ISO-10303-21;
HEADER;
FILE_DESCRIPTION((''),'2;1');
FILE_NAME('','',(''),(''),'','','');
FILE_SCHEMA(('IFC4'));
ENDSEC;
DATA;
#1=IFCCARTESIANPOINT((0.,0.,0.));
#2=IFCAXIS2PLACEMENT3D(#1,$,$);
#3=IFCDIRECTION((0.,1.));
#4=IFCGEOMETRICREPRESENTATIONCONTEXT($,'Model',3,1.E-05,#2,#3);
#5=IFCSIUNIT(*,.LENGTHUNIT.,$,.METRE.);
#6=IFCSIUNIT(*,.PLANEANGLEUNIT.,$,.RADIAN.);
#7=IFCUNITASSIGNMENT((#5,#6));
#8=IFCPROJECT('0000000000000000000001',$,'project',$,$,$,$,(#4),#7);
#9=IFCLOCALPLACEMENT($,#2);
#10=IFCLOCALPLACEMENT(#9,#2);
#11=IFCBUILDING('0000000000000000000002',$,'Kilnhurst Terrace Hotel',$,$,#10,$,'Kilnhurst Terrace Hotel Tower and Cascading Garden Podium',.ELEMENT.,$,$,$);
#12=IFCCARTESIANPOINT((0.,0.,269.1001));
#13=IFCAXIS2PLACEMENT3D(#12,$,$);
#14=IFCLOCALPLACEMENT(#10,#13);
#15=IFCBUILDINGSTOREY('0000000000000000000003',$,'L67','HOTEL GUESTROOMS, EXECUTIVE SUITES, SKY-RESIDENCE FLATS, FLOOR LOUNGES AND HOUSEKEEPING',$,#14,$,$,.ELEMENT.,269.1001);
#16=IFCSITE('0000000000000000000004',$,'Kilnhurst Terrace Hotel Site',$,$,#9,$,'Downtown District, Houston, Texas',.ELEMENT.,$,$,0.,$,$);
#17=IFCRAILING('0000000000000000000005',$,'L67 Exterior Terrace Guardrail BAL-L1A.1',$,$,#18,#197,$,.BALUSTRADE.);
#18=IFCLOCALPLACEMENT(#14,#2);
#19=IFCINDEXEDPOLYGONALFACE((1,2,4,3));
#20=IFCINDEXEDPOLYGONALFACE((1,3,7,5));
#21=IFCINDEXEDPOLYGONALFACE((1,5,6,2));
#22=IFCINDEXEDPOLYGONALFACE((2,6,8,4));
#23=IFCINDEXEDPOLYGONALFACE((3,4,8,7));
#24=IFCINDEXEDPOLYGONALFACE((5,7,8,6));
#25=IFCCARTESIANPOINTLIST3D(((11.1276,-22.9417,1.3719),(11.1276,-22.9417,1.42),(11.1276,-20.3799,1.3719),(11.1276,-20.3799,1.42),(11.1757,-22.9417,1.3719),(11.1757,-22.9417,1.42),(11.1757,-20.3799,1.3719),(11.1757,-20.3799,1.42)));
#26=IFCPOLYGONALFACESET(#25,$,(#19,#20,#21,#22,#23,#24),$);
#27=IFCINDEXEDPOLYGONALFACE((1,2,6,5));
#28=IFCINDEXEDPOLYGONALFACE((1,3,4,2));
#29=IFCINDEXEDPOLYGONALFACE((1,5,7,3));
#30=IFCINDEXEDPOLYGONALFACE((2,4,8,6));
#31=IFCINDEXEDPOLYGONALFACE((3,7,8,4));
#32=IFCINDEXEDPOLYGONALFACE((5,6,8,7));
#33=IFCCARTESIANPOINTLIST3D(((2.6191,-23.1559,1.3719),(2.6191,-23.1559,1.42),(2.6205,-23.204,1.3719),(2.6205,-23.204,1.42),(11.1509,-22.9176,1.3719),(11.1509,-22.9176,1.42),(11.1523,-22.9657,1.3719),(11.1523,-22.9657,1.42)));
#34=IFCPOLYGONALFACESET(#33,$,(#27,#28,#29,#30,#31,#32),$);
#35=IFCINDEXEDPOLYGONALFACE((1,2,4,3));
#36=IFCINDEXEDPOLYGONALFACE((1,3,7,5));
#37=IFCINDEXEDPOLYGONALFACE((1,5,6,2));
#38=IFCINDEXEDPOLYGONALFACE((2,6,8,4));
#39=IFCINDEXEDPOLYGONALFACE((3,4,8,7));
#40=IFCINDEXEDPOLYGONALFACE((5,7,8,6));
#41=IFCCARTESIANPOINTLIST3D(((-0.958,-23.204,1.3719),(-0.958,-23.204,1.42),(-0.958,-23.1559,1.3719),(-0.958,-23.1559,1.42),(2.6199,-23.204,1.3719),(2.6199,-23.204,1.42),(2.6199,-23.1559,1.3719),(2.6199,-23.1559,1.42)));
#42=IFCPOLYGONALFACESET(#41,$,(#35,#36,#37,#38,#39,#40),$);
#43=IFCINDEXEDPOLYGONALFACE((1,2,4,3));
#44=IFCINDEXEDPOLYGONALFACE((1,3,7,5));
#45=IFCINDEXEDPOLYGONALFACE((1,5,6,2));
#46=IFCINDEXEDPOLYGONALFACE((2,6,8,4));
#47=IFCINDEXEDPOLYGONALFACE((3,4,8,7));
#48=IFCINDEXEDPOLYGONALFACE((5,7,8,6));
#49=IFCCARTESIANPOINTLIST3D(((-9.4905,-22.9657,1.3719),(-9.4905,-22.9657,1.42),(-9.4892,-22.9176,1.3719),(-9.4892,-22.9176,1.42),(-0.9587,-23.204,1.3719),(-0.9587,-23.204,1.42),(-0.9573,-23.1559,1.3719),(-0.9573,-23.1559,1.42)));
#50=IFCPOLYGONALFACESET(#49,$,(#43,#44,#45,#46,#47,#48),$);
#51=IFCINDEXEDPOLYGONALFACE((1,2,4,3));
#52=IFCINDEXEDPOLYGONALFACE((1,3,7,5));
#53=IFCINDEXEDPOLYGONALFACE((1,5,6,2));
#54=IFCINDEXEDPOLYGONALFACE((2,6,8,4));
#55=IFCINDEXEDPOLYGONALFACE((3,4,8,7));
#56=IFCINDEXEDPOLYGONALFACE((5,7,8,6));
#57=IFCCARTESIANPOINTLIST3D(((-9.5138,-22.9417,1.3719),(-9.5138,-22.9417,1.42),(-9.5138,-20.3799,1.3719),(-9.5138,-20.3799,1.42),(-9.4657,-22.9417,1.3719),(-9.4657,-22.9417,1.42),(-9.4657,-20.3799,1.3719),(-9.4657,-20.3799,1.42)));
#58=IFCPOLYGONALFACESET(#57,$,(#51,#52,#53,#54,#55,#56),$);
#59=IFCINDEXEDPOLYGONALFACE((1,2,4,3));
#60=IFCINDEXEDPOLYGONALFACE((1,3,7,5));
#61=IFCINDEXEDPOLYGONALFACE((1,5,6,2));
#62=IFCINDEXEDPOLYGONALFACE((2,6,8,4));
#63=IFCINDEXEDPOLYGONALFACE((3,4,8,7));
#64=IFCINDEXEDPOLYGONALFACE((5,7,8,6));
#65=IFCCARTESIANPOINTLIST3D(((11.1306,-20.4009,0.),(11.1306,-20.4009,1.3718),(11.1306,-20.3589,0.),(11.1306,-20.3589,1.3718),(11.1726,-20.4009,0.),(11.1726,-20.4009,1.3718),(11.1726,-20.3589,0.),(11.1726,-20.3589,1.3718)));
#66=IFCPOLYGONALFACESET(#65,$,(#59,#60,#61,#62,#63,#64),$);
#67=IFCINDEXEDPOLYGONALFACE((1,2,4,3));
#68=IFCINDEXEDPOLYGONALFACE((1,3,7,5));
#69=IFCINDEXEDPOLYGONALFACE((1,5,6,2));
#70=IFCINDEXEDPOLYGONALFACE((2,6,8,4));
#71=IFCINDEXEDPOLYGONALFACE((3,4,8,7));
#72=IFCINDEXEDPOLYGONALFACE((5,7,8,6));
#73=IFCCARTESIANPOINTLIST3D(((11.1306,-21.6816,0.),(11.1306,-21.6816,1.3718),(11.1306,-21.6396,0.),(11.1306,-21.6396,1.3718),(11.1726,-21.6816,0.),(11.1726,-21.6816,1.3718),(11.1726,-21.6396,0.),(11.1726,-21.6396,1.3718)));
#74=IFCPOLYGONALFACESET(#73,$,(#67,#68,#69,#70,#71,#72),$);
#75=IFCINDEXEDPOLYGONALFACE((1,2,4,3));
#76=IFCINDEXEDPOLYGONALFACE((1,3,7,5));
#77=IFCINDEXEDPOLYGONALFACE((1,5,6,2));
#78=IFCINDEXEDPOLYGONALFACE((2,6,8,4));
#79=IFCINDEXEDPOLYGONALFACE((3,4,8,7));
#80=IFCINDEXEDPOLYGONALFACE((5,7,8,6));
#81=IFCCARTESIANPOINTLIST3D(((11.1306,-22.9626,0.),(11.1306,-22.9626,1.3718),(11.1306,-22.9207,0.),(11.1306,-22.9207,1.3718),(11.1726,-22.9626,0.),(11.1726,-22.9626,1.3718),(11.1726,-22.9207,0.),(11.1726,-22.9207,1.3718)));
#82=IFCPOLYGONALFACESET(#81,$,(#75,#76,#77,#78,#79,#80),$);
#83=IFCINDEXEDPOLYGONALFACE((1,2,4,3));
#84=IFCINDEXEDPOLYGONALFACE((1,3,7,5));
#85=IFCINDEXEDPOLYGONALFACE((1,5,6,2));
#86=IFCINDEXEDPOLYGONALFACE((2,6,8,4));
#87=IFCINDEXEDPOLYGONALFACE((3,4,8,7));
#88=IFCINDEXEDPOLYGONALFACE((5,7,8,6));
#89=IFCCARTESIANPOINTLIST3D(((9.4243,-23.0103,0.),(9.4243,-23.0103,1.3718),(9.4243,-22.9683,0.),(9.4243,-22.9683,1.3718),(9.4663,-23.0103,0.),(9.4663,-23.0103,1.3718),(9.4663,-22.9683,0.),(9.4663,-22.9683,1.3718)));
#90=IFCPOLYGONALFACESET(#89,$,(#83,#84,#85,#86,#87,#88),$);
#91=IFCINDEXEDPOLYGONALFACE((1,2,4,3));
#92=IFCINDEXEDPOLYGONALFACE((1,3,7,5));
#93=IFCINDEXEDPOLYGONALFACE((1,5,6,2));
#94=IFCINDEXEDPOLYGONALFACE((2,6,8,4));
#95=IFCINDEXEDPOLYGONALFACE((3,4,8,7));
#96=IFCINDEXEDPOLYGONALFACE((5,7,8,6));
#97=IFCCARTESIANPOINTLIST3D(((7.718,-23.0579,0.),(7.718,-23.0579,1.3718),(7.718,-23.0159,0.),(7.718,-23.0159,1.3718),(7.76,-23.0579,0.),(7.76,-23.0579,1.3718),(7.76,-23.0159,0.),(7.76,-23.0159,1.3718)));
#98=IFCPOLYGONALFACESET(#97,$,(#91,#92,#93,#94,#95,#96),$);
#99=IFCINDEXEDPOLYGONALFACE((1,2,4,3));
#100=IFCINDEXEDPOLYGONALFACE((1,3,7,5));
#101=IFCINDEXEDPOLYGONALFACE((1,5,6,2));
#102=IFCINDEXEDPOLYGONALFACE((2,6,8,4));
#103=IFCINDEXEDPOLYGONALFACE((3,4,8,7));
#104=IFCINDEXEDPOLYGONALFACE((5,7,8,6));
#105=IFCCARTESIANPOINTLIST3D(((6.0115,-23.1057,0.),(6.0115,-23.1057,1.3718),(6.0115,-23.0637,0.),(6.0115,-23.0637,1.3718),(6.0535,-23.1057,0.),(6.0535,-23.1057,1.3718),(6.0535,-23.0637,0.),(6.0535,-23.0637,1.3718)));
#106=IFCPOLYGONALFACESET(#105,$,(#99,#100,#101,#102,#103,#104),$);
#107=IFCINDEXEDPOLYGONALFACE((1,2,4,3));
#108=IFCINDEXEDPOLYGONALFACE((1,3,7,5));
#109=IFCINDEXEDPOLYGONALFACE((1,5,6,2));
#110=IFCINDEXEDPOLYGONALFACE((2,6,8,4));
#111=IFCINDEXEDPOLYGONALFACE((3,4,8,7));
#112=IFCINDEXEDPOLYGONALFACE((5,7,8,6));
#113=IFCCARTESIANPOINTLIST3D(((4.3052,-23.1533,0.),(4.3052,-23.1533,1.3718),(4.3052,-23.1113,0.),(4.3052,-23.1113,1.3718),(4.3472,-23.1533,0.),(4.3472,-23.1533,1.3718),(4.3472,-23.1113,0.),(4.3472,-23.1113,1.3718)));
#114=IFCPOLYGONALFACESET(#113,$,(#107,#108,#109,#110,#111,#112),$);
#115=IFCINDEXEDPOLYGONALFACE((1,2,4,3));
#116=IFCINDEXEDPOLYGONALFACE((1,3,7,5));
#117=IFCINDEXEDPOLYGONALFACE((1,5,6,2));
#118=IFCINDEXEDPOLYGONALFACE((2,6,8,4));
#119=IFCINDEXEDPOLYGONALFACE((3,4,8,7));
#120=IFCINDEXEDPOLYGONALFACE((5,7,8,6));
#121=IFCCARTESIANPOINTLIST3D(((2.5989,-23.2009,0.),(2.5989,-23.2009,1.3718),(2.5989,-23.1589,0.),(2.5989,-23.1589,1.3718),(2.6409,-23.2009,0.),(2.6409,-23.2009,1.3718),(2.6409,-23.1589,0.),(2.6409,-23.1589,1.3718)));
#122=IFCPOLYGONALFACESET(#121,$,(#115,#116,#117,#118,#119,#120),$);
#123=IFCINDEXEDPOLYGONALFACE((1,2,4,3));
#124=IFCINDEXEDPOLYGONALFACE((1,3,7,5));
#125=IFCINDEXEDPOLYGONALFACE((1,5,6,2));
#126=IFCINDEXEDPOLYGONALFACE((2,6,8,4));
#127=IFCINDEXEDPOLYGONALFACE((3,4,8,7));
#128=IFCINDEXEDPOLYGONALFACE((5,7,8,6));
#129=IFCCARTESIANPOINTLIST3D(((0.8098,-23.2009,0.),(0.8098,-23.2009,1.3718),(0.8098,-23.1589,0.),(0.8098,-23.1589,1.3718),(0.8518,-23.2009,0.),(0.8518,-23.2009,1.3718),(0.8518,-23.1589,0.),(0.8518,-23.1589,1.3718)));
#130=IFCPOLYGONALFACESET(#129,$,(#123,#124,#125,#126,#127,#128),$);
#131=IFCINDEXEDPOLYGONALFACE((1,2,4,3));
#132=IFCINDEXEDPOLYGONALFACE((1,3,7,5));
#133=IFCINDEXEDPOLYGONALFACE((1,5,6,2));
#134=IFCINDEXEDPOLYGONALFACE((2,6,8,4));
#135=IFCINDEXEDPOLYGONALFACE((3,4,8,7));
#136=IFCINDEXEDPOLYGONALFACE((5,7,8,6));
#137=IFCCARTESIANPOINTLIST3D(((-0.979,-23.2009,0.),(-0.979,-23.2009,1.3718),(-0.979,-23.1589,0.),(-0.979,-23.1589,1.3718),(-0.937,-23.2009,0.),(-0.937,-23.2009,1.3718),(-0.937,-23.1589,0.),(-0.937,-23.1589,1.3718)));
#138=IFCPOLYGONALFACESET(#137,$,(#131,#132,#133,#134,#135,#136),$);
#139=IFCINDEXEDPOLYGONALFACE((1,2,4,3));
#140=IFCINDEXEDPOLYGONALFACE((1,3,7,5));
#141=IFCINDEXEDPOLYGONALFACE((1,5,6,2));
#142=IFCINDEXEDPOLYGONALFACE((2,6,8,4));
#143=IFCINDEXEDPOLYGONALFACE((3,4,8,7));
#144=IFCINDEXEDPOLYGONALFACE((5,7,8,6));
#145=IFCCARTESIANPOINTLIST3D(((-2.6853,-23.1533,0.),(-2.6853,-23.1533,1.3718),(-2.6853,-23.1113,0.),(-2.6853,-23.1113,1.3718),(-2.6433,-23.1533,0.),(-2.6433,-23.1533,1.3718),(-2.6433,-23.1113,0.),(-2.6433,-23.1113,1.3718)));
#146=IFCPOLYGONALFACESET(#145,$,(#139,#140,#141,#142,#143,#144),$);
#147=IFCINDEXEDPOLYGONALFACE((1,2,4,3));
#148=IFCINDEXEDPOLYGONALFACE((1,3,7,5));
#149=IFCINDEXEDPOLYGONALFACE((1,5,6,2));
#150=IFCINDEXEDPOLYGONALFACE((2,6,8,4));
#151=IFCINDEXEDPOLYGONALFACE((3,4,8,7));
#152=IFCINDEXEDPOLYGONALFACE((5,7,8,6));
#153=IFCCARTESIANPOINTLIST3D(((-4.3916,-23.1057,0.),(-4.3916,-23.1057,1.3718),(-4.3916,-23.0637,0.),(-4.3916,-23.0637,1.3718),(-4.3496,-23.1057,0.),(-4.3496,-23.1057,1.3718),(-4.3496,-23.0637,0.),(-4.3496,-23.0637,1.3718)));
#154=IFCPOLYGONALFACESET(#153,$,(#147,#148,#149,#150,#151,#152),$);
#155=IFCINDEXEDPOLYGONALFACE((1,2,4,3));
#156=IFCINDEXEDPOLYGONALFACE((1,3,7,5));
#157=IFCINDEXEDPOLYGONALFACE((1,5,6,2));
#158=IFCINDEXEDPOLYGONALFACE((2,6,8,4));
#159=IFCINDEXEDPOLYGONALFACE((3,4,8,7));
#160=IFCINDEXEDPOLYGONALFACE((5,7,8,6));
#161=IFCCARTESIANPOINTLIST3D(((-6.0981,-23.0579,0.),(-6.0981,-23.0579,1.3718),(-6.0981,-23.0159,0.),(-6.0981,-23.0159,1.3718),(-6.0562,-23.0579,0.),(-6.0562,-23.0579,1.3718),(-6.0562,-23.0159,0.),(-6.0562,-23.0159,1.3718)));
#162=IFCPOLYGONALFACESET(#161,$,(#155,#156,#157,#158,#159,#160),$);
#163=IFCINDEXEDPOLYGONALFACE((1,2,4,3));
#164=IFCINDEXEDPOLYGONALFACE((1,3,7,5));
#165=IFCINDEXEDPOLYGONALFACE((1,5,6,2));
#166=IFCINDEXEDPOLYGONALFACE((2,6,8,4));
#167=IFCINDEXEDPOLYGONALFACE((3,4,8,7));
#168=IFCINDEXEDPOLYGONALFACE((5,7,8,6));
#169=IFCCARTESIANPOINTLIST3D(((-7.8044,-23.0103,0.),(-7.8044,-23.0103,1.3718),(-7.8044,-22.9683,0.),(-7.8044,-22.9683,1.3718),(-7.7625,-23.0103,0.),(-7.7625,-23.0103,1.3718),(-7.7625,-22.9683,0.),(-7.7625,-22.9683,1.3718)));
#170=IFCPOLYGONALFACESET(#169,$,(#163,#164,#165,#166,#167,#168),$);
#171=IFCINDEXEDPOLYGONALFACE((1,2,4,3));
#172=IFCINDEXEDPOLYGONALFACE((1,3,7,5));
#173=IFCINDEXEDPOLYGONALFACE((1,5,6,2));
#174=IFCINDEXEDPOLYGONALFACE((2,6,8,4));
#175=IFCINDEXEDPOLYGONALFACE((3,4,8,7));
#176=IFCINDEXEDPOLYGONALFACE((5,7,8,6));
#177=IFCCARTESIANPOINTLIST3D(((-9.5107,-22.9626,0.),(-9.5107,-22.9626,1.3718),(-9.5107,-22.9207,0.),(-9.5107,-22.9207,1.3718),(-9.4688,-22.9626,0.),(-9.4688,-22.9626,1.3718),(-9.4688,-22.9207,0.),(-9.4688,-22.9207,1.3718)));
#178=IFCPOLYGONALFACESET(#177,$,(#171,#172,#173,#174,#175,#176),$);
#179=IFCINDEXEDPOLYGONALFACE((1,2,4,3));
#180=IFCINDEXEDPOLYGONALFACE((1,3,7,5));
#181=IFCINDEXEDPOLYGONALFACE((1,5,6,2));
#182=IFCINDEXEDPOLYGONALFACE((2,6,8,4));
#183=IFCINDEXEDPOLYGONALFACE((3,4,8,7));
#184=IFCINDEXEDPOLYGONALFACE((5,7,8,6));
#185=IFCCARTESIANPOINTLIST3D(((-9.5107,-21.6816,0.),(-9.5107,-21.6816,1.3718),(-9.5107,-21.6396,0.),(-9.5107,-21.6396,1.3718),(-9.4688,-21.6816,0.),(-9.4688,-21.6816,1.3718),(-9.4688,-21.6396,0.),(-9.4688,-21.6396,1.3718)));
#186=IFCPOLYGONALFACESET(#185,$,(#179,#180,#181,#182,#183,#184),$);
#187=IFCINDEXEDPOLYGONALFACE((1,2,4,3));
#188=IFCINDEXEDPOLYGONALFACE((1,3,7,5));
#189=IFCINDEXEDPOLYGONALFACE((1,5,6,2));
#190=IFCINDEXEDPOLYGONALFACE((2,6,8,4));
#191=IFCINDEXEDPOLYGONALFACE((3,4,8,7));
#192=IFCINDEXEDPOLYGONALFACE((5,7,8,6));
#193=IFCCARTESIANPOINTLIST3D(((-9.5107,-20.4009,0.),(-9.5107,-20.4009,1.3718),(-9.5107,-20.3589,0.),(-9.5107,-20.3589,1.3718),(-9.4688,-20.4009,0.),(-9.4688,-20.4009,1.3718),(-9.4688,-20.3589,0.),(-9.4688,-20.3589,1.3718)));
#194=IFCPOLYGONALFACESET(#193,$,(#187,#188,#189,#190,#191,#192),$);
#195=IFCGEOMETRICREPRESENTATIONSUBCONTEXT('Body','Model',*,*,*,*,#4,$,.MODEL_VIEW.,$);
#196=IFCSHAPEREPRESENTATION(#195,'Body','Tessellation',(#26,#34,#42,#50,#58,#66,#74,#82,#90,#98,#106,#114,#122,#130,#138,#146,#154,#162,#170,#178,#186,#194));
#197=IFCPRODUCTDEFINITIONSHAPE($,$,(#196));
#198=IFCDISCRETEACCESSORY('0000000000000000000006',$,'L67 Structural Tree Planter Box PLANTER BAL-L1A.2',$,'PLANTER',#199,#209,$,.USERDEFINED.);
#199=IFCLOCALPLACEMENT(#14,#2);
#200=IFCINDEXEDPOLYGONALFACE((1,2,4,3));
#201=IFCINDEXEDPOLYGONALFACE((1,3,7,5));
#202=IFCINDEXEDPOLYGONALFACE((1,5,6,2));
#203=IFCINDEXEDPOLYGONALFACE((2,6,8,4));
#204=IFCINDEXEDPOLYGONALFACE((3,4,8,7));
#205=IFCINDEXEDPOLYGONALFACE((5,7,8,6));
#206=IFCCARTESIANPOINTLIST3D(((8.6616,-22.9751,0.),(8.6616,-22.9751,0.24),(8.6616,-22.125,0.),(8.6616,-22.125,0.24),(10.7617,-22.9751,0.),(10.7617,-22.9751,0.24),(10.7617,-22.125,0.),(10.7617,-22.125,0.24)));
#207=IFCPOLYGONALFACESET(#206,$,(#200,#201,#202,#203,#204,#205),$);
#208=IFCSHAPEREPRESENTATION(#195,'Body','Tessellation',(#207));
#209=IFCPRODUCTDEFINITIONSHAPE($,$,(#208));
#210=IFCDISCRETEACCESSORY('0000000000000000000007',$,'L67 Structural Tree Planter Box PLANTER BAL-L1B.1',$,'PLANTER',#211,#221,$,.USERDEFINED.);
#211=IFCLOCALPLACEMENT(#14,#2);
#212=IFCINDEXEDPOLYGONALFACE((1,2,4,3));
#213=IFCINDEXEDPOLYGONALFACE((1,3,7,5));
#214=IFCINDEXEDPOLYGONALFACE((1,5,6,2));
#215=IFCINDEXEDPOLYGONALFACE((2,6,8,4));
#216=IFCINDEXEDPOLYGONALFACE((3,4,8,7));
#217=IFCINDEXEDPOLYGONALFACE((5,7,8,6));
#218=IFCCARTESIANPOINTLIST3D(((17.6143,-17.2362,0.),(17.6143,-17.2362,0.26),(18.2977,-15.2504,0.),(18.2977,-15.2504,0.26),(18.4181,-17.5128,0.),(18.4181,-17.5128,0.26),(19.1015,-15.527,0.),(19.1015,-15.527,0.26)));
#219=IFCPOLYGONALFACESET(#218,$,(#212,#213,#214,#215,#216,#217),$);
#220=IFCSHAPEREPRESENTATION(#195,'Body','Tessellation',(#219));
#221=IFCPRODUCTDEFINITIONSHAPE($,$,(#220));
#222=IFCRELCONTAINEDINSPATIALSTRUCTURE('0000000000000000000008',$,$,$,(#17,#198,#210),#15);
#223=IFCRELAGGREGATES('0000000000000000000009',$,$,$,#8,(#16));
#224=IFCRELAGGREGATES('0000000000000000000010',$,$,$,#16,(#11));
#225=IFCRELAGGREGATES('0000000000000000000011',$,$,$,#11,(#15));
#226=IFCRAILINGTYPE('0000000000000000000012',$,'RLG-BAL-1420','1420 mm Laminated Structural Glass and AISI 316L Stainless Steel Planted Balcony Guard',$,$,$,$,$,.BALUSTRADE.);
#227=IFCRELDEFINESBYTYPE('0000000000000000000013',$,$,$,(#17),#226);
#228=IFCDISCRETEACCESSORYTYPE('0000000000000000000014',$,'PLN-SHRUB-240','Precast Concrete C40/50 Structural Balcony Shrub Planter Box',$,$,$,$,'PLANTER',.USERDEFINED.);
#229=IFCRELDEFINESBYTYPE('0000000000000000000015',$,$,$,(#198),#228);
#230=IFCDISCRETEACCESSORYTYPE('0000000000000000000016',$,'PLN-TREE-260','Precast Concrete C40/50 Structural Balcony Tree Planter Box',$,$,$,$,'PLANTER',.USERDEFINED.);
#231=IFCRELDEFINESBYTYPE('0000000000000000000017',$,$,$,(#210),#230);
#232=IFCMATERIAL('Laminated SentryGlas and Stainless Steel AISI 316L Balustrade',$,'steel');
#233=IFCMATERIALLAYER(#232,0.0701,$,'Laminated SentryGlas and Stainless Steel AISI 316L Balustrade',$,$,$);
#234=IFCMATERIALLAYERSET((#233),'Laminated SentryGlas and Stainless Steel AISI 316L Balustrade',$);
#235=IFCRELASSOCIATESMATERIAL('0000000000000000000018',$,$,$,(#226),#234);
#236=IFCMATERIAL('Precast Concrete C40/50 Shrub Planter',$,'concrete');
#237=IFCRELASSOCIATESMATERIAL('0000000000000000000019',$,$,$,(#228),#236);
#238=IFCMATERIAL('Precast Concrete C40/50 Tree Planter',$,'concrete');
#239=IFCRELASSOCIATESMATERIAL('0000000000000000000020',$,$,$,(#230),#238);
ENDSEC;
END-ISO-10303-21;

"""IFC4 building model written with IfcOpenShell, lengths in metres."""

from ifc_helpers import new_model, si_unit, direction, frame, origin, origin_2d, place, context, subcontext, project, spatial, rectangle, extrude, material, layer, layer_set, type_object, element, save


model = new_model("IFC4")

# Units and contexts
model_context = context("Model", 3, precision=1e-05, world=origin(), true_north=direction((0.0, 1.0)))
body_context = subcontext(model_context, "Body", "Model", "MODEL_VIEW")
ifc_project = project(units=[si_unit("LENGTHUNIT", "METRE"), si_unit("PLANEANGLEUNIT", "RADIAN")], contexts=[model_context])

# Site, building, storey
site_placement = place(None, origin())
site = spatial("IfcSite", under=ifc_project, at=site_placement, Name="Kilnhurst Terrace Hotel Site", LongName="Downtown District, Houston, Texas", CompositionType="ELEMENT", RefElevation=0.0)
building_placement = place(site_placement, origin())
building = spatial("IfcBuilding", under=site, at=building_placement, Name="Kilnhurst Terrace Hotel", LongName="Kilnhurst Terrace Hotel Tower and Cascading Garden Podium", CompositionType="ELEMENT")
storey_placement = place(building_placement, frame((0.0, 0.0, 269.1001)))
storey = spatial("IfcBuildingStorey", under=building, at=storey_placement, Name="L67", Description="HOTEL GUESTROOMS, EXECUTIVE SUITES, SKY-RESIDENCE FLATS, FLOOR LOUNGES AND HOUSEKEEPING", CompositionType="ELEMENT", Elevation=269.1001)

# Railing
ifc_material_1 = material(Name="Laminated SentryGlas and Stainless Steel AISI 316L Balustrade", Category="steel")
ifc_layer_1 = layer(ifc_material_1, 0.0701, Name="Laminated SentryGlas and Stainless Steel AISI 316L Balustrade")
ifc_layer_set_1 = layer_set([ifc_layer_1], Name="Laminated SentryGlas and Stainless Steel AISI 316L Balustrade")
railing_type = type_object("IfcRailingType", Name="RLG-BAL-1420", Description="1420 mm Laminated Structural Glass and AISI 316L Stainless Steel Planted Balcony Guard", PredefinedType="BALUSTRADE", material=ifc_layer_set_1)
railing_placement = place(storey_placement, frame((11.1516, -20.3799, 0.0)))
element("IfcRailing", 1, at=railing_placement, inside=storey, type_object=railing_type, Name="L67 Exterior Terrace Guardrail BAL-L1A.1", PredefinedType="BALUSTRADE", context=body_context, shape_type="SweptSolid", body=[
    extrude(rectangle(XDim=0.0481, YDim=0.0481, at=origin_2d()), frame((0.0, 0.0, 1.396), z_axis=(0.0, -1.0, 0.0), x_axis=(1.0, 0.0, 0.0)), (0.0, 0.0, 1.0), 2.5618),
    extrude(rectangle(XDim=0.0481, YDim=0.0481, at=origin_2d()), frame((0.0, -2.5618, 1.396), z_axis=(-0.99961, -0.027918, 0.0), x_axis=(0.027918, -0.99961, 0.0)), (0.0, 0.0, 1.0), 8.5352),
    extrude(rectangle(XDim=0.0481, YDim=0.0481, at=origin_2d()), frame((-8.5317, -2.8, 1.396), z_axis=(-1.0, 0.0, 0.0), x_axis=(0.0, -1.0, 0.0)), (0.0, 0.0, 1.0), 3.5779),
    extrude(rectangle(XDim=0.0481, YDim=0.0481, at=origin_2d()), frame((-12.1096, -2.8, 1.396), z_axis=(-0.99961, 0.027918, 0.0), x_axis=(-0.027918, -0.99961, 0.0)), (0.0, 0.0, 1.0), 8.5352),
    extrude(rectangle(XDim=0.0481, YDim=0.0481, at=origin_2d()), frame((-20.6414, -2.5618, 1.396), z_axis=(0.0, 1.0, 0.0), x_axis=(-1.0, 0.0, 0.0)), (0.0, 0.0, 1.0), 2.5618),
    extrude(rectangle(XDim=0.042, YDim=0.042, at=origin_2d()), origin(), (0.0, 0.0, 1.0), 1.3718),
    extrude(rectangle(XDim=0.042, YDim=0.042, at=origin_2d()), frame((0.0, -1.2808, 0.0)), (0.0, 0.0, 1.0), 1.3718),
    extrude(rectangle(XDim=0.042, YDim=0.042, at=origin_2d()), frame((0.0, -2.5618, 0.0)), (0.0, 0.0, 1.0), 1.3718),
    extrude(rectangle(XDim=0.042, YDim=0.042, at=origin_2d()), frame((-1.7063, -2.6094, 0.0)), (0.0, 0.0, 1.0), 1.3718),
    extrude(rectangle(XDim=0.042, YDim=0.042, at=origin_2d()), frame((-3.4126, -2.657, 0.0)), (0.0, 0.0, 1.0), 1.3718),
    extrude(rectangle(XDim=0.042, YDim=0.042, at=origin_2d()), frame((-5.1191, -2.7048, 0.0)), (0.0, 0.0, 1.0), 1.3718),
    extrude(rectangle(XDim=0.042, YDim=0.042, at=origin_2d()), frame((-6.8254, -2.7524, 0.0)), (0.0, 0.0, 1.0), 1.3718),
    extrude(rectangle(XDim=0.042, YDim=0.042, at=origin_2d()), frame((-8.5317, -2.8, 0.0)), (0.0, 0.0, 1.0), 1.3718),
    extrude(rectangle(XDim=0.042, YDim=0.042, at=origin_2d()), frame((-10.3208, -2.8, 0.0)), (0.0, 0.0, 1.0), 1.3718),
    extrude(rectangle(XDim=0.042, YDim=0.042, at=origin_2d()), frame((-12.1096, -2.8, 0.0)), (0.0, 0.0, 1.0), 1.3718),
    extrude(rectangle(XDim=0.042, YDim=0.042, at=origin_2d()), frame((-13.8159, -2.7524, 0.0)), (0.0, 0.0, 1.0), 1.3718),
    extrude(rectangle(XDim=0.042, YDim=0.042, at=origin_2d()), frame((-15.5222, -2.7048, 0.0)), (0.0, 0.0, 1.0), 1.3718),
    extrude(rectangle(XDim=0.042, YDim=0.042, at=origin_2d()), frame((-17.2288, -2.657, 0.0)), (0.0, 0.0, 1.0), 1.3718),
    extrude(rectangle(XDim=0.042, YDim=0.042, at=origin_2d()), frame((-18.9351, -2.6094, 0.0)), (0.0, 0.0, 1.0), 1.3718),
    extrude(rectangle(XDim=0.042, YDim=0.042, at=origin_2d()), frame((-20.6414, -2.5618, 0.0)), (0.0, 0.0, 1.0), 1.3718),
    extrude(rectangle(XDim=0.042, YDim=0.042, at=origin_2d()), frame((-20.6414, -1.2808, 0.0)), (0.0, 0.0, 1.0), 1.3718),
    extrude(rectangle(XDim=0.042, YDim=0.042, at=origin_2d()), frame((-20.6414, 0.0, 0.0)), (0.0, 0.0, 1.0), 1.3718),
])

# Discrete accessories
ifc_material_2 = material(Name="Precast Concrete C40/50 Shrub Planter", Category="concrete")
discrete_accessory_type_1 = type_object("IfcDiscreteAccessoryType", Name="PLN-SHRUB-240", Description="Precast Concrete C40/50 Structural Balcony Shrub Planter Box", ElementType="PLANTER", PredefinedType="USERDEFINED", material=ifc_material_2)
discrete_accessory_1_placement = place(storey_placement, frame((9.7117, -22.55, 0.0), z_axis=(0.0, 0.0, 1.0), x_axis=(1.0, 0.0, 0.0)))
element("IfcDiscreteAccessory", 2, at=discrete_accessory_1_placement, inside=storey, type_object=discrete_accessory_type_1, Name="L67 Structural Tree Planter Box PLANTER BAL-L1A.2", ObjectType="PLANTER", PredefinedType="USERDEFINED", context=body_context, shape_type="SweptSolid", body=[
    extrude(rectangle(XDim=2.1001, YDim=0.8501, at=origin_2d()), origin(), (0.0, 0.0, 1.0), 0.24),
])
ifc_material_3 = material(Name="Precast Concrete C40/50 Tree Planter", Category="concrete")
discrete_accessory_type_2 = type_object("IfcDiscreteAccessoryType", Name="PLN-TREE-260", Description="Precast Concrete C40/50 Structural Balcony Tree Planter Box", ElementType="PLANTER", PredefinedType="USERDEFINED", material=ifc_material_3)
discrete_accessory_2_placement = place(storey_placement, frame((18.3579, -16.3816, 0.0), z_axis=(0.0, 0.0, 1.0), x_axis=(0.325403, 0.945575, 0.0)))
element("IfcDiscreteAccessory", 3, at=discrete_accessory_2_placement, inside=storey, type_object=discrete_accessory_type_2, Name="L67 Structural Tree Planter Box PLANTER BAL-L1B.1", ObjectType="PLANTER", PredefinedType="USERDEFINED", context=body_context, shape_type="SweptSolid", body=[
    extrude(rectangle(XDim=2.1001, YDim=0.8501, at=origin_2d()), origin(), (0.0, 0.0, 1.0), 0.26),
])

save(model, "model.ifc")
